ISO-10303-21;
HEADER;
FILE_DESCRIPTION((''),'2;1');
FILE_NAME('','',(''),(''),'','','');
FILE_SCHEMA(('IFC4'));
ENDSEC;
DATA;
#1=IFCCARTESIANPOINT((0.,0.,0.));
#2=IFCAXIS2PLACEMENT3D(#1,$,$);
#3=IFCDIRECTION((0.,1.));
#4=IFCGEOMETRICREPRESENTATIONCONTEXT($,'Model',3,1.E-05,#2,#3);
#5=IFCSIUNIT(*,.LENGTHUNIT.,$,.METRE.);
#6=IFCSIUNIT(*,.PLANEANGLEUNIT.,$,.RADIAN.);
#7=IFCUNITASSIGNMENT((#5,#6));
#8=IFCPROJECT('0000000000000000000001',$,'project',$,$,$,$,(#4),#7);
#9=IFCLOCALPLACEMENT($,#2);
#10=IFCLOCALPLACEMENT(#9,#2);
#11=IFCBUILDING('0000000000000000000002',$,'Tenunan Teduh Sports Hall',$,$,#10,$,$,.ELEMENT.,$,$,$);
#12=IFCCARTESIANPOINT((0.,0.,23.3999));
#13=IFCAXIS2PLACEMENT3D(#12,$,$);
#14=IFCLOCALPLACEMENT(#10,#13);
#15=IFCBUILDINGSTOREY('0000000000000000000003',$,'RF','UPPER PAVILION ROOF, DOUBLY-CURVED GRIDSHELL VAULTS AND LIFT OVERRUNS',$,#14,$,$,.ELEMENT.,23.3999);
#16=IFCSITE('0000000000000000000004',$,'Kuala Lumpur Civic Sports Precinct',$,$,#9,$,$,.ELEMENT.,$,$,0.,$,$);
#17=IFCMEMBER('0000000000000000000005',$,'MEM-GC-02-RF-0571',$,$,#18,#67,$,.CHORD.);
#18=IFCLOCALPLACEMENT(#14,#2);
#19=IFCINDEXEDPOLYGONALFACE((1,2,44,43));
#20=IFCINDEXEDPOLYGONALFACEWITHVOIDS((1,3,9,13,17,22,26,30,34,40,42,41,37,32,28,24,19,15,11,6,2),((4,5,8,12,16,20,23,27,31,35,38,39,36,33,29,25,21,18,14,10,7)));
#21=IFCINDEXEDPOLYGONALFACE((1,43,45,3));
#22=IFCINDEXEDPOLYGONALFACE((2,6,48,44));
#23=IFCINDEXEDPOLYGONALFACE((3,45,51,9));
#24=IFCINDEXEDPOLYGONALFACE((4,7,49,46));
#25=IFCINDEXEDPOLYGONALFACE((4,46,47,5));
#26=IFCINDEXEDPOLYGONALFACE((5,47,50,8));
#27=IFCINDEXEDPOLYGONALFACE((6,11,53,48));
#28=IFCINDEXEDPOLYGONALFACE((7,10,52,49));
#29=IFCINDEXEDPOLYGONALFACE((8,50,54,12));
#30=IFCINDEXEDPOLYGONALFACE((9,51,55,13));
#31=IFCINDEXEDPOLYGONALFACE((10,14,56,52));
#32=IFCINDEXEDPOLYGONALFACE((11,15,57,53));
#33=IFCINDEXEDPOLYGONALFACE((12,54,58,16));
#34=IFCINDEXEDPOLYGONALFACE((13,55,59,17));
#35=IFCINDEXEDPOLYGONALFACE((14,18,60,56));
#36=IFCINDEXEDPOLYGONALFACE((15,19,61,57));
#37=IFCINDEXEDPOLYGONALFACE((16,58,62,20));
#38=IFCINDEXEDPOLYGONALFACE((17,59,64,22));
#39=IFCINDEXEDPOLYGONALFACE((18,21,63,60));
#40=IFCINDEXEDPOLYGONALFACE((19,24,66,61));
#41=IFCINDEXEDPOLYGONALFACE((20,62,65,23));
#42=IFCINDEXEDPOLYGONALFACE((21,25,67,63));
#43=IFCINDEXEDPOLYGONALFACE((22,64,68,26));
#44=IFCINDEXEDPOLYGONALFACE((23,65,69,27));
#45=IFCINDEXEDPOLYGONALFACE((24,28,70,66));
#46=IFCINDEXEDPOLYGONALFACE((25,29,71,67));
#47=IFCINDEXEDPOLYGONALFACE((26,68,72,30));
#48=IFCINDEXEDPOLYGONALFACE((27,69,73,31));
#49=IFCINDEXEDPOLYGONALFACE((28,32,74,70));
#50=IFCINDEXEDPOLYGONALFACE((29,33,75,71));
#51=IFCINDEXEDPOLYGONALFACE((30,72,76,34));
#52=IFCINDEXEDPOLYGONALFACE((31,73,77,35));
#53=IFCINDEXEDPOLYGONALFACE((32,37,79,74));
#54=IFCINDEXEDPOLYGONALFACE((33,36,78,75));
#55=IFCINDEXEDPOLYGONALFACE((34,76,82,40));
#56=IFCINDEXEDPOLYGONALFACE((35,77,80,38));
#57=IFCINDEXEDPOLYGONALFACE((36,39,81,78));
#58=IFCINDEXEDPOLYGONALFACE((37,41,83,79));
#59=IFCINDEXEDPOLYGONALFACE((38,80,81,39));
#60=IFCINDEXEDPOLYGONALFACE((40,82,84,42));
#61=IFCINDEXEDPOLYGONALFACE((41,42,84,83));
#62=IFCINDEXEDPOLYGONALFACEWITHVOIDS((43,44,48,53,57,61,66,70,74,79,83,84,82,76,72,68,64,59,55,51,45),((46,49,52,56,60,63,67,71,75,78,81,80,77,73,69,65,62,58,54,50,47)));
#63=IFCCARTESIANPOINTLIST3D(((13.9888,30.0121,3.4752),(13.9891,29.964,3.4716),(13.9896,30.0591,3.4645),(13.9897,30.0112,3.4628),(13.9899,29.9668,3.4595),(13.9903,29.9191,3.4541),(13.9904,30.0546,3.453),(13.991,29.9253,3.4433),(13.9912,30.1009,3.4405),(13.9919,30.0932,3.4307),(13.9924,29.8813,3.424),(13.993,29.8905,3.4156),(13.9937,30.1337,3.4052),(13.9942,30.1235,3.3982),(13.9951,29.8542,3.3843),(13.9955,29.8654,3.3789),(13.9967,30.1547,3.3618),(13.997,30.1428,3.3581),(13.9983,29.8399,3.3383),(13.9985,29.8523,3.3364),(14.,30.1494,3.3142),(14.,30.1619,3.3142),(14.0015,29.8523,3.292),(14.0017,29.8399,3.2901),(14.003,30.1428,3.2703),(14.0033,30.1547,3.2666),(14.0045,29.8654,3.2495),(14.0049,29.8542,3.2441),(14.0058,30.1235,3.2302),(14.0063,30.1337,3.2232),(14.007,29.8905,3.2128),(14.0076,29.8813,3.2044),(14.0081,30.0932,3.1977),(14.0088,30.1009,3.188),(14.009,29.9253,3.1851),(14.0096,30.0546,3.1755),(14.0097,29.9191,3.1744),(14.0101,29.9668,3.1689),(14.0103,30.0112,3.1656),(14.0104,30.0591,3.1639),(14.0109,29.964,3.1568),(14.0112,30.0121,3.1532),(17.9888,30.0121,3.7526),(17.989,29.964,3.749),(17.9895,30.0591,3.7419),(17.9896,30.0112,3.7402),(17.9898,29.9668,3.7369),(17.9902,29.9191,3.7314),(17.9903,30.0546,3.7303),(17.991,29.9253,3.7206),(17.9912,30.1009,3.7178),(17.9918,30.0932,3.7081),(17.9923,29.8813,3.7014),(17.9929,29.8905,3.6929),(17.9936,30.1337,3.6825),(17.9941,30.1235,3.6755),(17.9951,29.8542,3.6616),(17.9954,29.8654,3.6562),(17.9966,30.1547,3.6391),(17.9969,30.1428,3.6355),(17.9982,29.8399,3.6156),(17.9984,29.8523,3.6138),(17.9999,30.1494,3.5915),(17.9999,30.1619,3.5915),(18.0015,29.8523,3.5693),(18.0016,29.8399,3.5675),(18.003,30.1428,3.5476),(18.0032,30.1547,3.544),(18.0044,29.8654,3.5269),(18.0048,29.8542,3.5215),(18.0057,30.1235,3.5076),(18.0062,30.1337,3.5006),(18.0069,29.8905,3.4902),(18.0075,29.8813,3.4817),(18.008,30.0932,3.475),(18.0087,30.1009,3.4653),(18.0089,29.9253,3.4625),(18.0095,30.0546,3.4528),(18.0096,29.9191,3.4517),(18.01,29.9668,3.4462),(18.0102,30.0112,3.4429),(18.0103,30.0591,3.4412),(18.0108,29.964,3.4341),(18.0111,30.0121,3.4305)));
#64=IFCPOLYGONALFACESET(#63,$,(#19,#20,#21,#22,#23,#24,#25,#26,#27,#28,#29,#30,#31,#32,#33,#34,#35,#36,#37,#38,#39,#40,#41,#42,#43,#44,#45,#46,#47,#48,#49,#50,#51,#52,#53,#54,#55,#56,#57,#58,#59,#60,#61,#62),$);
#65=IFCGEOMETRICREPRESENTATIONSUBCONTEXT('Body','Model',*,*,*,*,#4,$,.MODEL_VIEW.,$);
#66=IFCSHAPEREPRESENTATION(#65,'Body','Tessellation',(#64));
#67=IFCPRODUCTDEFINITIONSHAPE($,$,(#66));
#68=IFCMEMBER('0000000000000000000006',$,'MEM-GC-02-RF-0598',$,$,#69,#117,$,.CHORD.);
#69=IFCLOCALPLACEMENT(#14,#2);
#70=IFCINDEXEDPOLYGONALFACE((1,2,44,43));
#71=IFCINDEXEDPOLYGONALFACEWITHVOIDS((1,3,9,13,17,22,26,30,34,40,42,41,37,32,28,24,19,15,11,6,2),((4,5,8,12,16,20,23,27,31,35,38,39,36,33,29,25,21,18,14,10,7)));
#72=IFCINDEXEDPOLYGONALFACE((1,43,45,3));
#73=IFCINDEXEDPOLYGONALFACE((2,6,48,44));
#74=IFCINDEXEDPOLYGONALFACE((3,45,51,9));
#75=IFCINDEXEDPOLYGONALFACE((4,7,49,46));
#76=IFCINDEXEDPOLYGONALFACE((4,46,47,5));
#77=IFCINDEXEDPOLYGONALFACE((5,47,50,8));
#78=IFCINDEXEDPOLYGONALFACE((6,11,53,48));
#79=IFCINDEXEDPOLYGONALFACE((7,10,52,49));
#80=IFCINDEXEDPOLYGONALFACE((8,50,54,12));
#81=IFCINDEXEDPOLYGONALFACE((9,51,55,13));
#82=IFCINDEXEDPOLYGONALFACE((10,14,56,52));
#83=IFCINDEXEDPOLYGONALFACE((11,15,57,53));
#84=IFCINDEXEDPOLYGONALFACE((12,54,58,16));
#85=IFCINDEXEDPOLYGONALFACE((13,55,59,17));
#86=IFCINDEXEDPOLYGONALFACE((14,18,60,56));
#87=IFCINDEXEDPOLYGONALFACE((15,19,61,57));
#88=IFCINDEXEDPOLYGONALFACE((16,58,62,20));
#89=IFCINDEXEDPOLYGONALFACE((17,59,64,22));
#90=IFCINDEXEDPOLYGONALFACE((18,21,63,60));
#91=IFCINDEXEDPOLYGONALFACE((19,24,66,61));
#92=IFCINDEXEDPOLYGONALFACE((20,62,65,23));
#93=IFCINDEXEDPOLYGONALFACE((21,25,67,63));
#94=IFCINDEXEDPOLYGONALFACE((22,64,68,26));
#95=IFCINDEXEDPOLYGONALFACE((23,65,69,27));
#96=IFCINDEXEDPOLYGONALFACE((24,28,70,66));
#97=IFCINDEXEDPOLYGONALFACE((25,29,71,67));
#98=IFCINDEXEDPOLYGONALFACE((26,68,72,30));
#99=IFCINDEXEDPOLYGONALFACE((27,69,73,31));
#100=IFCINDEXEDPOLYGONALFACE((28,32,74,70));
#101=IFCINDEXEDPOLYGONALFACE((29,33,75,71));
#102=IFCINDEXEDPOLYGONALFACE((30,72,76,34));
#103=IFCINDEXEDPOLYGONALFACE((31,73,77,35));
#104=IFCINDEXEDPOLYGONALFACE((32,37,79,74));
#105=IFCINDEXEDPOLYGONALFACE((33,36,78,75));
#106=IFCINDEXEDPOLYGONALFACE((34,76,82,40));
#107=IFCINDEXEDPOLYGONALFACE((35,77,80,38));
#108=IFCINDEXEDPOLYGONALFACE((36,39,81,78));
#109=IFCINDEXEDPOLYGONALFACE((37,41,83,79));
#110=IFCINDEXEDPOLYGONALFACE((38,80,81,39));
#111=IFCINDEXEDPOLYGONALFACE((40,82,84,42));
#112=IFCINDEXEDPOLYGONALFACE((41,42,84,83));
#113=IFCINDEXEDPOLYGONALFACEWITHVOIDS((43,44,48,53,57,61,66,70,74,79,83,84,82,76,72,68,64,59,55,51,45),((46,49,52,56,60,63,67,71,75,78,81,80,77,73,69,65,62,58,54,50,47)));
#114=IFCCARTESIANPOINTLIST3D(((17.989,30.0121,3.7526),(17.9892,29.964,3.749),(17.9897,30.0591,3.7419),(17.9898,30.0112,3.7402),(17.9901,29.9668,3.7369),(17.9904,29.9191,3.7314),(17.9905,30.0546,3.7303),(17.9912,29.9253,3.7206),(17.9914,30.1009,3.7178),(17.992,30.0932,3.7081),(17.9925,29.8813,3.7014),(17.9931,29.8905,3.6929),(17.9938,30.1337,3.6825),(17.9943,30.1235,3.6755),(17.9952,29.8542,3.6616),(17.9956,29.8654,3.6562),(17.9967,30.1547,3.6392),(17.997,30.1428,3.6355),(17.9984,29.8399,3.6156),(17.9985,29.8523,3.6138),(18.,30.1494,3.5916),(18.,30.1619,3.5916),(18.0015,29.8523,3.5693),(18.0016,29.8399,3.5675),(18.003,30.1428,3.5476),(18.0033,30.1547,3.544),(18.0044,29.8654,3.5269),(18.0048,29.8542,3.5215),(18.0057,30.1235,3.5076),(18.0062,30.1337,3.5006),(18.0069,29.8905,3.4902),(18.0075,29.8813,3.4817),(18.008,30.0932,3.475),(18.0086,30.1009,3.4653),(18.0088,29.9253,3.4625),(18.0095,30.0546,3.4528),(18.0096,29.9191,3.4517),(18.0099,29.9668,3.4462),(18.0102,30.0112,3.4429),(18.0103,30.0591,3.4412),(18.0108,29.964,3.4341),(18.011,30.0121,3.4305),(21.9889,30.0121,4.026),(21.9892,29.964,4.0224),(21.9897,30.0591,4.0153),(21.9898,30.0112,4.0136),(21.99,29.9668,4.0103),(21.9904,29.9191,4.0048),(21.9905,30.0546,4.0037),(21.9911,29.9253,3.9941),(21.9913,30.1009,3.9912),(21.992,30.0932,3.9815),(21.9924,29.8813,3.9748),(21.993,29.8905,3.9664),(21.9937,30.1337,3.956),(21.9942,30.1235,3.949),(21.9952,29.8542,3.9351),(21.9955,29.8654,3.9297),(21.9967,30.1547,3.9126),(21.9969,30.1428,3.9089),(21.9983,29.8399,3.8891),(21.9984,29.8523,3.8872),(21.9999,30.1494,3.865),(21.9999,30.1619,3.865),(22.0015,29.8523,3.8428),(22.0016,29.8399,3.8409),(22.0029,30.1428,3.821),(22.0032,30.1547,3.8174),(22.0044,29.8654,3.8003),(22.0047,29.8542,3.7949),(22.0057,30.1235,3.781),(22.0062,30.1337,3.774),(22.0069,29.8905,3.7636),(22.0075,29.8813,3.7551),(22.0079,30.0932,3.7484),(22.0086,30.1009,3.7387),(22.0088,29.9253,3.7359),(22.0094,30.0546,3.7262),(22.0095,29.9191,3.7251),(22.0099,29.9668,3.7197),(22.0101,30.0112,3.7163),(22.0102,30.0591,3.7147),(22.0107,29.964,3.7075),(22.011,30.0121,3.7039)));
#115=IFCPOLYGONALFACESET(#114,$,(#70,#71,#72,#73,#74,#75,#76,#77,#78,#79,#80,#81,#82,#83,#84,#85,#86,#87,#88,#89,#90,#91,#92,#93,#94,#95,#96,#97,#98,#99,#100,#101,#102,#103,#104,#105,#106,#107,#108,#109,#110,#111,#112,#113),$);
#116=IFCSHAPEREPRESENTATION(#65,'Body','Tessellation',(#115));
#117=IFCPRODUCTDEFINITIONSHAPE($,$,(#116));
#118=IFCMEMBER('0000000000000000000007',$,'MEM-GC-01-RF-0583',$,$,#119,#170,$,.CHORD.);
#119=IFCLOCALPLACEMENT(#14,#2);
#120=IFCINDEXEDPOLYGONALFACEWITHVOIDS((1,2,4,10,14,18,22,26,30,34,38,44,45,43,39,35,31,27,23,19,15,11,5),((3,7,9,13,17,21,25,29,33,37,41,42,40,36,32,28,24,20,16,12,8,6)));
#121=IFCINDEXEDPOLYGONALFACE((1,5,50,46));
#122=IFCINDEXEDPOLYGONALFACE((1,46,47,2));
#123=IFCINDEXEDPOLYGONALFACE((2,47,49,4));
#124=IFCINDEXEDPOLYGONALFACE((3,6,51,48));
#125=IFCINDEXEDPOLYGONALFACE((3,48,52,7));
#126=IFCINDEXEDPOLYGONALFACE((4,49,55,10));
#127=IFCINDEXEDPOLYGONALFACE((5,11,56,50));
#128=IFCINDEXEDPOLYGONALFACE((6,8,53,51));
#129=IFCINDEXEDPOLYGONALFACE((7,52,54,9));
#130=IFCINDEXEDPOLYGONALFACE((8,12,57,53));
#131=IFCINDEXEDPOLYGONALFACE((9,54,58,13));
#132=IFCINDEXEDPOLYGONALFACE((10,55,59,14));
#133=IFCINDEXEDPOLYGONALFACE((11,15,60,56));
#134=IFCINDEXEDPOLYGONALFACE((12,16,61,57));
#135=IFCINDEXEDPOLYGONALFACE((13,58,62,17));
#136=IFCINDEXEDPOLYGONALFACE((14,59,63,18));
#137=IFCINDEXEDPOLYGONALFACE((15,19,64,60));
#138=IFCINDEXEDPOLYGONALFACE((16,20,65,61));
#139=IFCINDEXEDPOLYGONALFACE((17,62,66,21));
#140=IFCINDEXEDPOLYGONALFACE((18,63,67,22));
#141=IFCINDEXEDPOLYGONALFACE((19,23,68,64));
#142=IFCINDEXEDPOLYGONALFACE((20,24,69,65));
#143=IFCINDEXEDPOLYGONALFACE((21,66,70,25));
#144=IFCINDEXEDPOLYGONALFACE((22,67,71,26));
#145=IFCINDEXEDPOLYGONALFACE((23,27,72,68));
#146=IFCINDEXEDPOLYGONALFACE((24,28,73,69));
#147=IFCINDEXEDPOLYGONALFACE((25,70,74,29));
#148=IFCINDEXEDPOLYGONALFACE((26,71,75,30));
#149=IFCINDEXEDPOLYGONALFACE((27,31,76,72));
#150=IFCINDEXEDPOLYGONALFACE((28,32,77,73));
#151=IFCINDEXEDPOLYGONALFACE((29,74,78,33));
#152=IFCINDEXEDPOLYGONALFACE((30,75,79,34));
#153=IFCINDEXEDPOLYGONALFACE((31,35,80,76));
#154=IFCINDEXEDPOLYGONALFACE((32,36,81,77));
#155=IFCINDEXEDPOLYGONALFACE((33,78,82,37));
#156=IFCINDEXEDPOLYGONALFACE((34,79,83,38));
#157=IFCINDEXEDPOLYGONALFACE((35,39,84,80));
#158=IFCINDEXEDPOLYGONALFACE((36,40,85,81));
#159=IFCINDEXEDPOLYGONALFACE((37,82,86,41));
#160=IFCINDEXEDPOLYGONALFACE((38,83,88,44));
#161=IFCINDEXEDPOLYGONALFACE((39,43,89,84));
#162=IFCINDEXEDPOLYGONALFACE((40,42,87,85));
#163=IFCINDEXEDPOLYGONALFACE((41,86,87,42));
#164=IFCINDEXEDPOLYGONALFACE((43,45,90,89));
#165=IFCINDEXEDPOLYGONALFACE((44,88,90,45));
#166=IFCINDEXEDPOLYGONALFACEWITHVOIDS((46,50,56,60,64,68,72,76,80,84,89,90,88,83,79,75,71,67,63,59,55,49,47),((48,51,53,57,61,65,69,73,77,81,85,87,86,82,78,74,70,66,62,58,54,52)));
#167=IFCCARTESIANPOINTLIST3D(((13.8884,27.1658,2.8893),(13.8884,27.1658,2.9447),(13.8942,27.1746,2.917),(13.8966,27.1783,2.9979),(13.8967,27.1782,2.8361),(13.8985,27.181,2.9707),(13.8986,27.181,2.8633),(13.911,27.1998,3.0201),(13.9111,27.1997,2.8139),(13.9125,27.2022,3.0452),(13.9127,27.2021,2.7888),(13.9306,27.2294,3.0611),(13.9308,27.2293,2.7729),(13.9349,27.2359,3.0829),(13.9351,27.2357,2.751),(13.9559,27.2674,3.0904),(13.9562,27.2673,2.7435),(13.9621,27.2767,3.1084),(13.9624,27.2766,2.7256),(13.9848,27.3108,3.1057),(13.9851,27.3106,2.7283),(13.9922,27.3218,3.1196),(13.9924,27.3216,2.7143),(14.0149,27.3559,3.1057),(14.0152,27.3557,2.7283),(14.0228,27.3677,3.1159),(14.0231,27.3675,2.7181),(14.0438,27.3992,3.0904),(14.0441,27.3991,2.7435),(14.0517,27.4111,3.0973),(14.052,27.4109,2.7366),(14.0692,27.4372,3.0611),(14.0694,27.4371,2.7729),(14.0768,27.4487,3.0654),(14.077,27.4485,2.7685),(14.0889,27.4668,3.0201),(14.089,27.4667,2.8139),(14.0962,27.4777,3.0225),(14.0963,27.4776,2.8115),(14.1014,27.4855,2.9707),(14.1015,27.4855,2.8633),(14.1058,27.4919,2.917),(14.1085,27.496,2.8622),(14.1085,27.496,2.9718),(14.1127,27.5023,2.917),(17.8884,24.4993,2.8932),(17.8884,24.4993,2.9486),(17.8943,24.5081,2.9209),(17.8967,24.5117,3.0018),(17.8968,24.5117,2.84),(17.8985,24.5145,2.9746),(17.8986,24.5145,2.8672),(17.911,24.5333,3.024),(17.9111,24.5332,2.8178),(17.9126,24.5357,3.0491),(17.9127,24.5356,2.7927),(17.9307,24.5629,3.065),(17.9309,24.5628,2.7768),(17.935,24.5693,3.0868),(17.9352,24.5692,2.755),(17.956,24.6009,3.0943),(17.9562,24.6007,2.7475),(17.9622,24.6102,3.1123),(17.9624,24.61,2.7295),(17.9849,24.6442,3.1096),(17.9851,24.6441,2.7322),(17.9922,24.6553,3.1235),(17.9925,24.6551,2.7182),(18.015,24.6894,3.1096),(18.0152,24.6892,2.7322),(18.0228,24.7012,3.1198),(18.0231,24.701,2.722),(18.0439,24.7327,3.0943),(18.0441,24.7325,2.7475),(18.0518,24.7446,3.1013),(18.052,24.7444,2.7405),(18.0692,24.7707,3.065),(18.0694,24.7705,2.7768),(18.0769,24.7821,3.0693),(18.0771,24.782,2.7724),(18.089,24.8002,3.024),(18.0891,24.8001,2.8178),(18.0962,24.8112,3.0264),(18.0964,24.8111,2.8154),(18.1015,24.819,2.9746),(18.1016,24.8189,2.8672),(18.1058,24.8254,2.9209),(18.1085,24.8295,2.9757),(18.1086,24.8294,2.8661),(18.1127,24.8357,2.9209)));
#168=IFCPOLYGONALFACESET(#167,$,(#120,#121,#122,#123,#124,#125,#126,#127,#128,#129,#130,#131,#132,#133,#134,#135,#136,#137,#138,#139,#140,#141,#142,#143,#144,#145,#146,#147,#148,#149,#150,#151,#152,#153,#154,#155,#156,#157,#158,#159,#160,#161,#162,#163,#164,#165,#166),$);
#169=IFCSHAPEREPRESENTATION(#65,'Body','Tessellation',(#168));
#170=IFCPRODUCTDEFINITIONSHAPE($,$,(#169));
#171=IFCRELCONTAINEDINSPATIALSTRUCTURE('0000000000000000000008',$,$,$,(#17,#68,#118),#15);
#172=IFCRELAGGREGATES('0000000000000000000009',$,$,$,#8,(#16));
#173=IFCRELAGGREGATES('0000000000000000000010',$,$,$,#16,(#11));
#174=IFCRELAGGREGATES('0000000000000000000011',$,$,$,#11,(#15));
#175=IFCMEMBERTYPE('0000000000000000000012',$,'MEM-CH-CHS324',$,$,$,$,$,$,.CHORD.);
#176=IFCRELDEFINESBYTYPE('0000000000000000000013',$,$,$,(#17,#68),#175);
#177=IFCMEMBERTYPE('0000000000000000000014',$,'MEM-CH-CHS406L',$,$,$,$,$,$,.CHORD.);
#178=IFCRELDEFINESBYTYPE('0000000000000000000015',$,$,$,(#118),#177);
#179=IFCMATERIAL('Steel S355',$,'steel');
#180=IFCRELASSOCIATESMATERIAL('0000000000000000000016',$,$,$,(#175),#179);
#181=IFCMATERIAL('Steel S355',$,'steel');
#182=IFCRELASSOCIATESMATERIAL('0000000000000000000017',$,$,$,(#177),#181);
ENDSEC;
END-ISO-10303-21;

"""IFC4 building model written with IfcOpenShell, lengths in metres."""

from ifc_helpers import new_model, si_unit, direction, frame, origin, origin_2d, place, context, subcontext, project, spatial, hollow_circle, extrude, material, material_profile, profile_set, type_object, element, save


model = new_model("IFC4")

# Units and contexts
model_context = context("Model", 3, precision=1e-05, world=origin(), true_north=direction((0.0, 1.0)))
body_context = subcontext(model_context, "Body", "Model", "MODEL_VIEW")
ifc_project = project(units=[si_unit("LENGTHUNIT", "METRE"), si_unit("PLANEANGLEUNIT", "RADIAN")], contexts=[model_context])

# Site, building, storey
site_placement = place(None, origin())
site = spatial("IfcSite", under=ifc_project, at=site_placement, Name="Kuala Lumpur Civic Sports Precinct", CompositionType="ELEMENT", RefElevation=0.0)
building_placement = place(site_placement, origin())
building = spatial("IfcBuilding", under=site, at=building_placement, Name="Tenunan Teduh Sports Hall", CompositionType="ELEMENT")
storey_placement = place(building_placement, frame((0.0, 0.0, 23.3999)))
storey = spatial("IfcBuildingStorey", under=building, at=storey_placement, Name="RF", Description="UPPER PAVILION ROOF, DOUBLY-CURVED GRIDSHELL VAULTS AND LIFT OVERRUNS", CompositionType="ELEMENT", Elevation=23.3999)

# Members
ifc_material_1 = material(Name="Steel S355", Category="steel")
ifc_material_profile_1 = material_profile(ifc_material_1, hollow_circle(Radius=0.1619, WallThickness=0.0125, at=origin_2d()), Name="CHS 323.9x12.5")
ifc_profile_set_1 = profile_set([ifc_material_profile_1], Name="Steel S355")
member_type_1 = type_object("IfcMemberType", Name="MEM-CH-CHS324", PredefinedType="CHORD", material=ifc_profile_set_1)
member_1_placement = place(storey_placement, frame((14.0, 30.0, 3.3142), z_axis=(0.997605, 0.0, 0.06917), x_axis=(0.0, 1.0, 0.0)))
element("IfcMember", 1, at=member_1_placement, inside=storey, type_object=member_type_1, Name="MEM-GC-02-RF-0571", PredefinedType="CHORD", context=body_context, shape_type="SweptSolid", body=[
    extrude(hollow_circle(Radius=0.1619, WallThickness=0.0125, at=origin_2d()), origin(), (0.0, 0.0, 1.0), 4.0095),
])
member_2_placement = place(storey_placement, frame((18.0, 30.0, 3.5916), z_axis=(0.997672, 0.0, 0.0682), x_axis=(0.0, 1.0, 0.0)))
element("IfcMember", 2, at=member_2_placement, inside=storey, type_object=member_type_1, Name="MEM-GC-02-RF-0598", PredefinedType="CHORD", context=body_context, shape_type="SweptSolid", body=[
    extrude(hollow_circle(Radius=0.1619, WallThickness=0.0125, at=origin_2d()), origin(), (0.0, 0.0, 1.0), 4.0093),
])
ifc_material_2 = material(Name="Steel S355", Category="steel")
ifc_material_profile_2 = material_profile(ifc_material_2, hollow_circle(Radius=0.2031, WallThickness=0.0125, at=origin_2d()), Name="CHS 406.4x12.5")
ifc_profile_set_2 = profile_set([ifc_material_profile_2], Name="Steel S355")
member_type_2 = type_object("IfcMemberType", Name="MEM-CH-CHS406L", PredefinedType="CHORD", material=ifc_profile_set_2)
for number, where, z_axis, x_axis, name in (
    (3, (14.0, 27.3333, 2.917), (0.832066, -0.554677, 0.000813), (0.554677, 0.832066, 0.0), "MEM-GC-01-RF-0583"),
):
    element("IfcMember", number, at=place(storey_placement, frame(where, z_axis=z_axis, x_axis=x_axis)), inside=storey, type_object=member_type_2, Name=name, PredefinedType="CHORD", context=body_context, shape_type="SweptSolid", body=[
        extrude(hollow_circle(Radius=0.2031, WallThickness=0.0125, at=origin_2d()), origin(), (0.0, 0.0, 1.0), 4.8074),
    ])

save(model, "model.ifc")
